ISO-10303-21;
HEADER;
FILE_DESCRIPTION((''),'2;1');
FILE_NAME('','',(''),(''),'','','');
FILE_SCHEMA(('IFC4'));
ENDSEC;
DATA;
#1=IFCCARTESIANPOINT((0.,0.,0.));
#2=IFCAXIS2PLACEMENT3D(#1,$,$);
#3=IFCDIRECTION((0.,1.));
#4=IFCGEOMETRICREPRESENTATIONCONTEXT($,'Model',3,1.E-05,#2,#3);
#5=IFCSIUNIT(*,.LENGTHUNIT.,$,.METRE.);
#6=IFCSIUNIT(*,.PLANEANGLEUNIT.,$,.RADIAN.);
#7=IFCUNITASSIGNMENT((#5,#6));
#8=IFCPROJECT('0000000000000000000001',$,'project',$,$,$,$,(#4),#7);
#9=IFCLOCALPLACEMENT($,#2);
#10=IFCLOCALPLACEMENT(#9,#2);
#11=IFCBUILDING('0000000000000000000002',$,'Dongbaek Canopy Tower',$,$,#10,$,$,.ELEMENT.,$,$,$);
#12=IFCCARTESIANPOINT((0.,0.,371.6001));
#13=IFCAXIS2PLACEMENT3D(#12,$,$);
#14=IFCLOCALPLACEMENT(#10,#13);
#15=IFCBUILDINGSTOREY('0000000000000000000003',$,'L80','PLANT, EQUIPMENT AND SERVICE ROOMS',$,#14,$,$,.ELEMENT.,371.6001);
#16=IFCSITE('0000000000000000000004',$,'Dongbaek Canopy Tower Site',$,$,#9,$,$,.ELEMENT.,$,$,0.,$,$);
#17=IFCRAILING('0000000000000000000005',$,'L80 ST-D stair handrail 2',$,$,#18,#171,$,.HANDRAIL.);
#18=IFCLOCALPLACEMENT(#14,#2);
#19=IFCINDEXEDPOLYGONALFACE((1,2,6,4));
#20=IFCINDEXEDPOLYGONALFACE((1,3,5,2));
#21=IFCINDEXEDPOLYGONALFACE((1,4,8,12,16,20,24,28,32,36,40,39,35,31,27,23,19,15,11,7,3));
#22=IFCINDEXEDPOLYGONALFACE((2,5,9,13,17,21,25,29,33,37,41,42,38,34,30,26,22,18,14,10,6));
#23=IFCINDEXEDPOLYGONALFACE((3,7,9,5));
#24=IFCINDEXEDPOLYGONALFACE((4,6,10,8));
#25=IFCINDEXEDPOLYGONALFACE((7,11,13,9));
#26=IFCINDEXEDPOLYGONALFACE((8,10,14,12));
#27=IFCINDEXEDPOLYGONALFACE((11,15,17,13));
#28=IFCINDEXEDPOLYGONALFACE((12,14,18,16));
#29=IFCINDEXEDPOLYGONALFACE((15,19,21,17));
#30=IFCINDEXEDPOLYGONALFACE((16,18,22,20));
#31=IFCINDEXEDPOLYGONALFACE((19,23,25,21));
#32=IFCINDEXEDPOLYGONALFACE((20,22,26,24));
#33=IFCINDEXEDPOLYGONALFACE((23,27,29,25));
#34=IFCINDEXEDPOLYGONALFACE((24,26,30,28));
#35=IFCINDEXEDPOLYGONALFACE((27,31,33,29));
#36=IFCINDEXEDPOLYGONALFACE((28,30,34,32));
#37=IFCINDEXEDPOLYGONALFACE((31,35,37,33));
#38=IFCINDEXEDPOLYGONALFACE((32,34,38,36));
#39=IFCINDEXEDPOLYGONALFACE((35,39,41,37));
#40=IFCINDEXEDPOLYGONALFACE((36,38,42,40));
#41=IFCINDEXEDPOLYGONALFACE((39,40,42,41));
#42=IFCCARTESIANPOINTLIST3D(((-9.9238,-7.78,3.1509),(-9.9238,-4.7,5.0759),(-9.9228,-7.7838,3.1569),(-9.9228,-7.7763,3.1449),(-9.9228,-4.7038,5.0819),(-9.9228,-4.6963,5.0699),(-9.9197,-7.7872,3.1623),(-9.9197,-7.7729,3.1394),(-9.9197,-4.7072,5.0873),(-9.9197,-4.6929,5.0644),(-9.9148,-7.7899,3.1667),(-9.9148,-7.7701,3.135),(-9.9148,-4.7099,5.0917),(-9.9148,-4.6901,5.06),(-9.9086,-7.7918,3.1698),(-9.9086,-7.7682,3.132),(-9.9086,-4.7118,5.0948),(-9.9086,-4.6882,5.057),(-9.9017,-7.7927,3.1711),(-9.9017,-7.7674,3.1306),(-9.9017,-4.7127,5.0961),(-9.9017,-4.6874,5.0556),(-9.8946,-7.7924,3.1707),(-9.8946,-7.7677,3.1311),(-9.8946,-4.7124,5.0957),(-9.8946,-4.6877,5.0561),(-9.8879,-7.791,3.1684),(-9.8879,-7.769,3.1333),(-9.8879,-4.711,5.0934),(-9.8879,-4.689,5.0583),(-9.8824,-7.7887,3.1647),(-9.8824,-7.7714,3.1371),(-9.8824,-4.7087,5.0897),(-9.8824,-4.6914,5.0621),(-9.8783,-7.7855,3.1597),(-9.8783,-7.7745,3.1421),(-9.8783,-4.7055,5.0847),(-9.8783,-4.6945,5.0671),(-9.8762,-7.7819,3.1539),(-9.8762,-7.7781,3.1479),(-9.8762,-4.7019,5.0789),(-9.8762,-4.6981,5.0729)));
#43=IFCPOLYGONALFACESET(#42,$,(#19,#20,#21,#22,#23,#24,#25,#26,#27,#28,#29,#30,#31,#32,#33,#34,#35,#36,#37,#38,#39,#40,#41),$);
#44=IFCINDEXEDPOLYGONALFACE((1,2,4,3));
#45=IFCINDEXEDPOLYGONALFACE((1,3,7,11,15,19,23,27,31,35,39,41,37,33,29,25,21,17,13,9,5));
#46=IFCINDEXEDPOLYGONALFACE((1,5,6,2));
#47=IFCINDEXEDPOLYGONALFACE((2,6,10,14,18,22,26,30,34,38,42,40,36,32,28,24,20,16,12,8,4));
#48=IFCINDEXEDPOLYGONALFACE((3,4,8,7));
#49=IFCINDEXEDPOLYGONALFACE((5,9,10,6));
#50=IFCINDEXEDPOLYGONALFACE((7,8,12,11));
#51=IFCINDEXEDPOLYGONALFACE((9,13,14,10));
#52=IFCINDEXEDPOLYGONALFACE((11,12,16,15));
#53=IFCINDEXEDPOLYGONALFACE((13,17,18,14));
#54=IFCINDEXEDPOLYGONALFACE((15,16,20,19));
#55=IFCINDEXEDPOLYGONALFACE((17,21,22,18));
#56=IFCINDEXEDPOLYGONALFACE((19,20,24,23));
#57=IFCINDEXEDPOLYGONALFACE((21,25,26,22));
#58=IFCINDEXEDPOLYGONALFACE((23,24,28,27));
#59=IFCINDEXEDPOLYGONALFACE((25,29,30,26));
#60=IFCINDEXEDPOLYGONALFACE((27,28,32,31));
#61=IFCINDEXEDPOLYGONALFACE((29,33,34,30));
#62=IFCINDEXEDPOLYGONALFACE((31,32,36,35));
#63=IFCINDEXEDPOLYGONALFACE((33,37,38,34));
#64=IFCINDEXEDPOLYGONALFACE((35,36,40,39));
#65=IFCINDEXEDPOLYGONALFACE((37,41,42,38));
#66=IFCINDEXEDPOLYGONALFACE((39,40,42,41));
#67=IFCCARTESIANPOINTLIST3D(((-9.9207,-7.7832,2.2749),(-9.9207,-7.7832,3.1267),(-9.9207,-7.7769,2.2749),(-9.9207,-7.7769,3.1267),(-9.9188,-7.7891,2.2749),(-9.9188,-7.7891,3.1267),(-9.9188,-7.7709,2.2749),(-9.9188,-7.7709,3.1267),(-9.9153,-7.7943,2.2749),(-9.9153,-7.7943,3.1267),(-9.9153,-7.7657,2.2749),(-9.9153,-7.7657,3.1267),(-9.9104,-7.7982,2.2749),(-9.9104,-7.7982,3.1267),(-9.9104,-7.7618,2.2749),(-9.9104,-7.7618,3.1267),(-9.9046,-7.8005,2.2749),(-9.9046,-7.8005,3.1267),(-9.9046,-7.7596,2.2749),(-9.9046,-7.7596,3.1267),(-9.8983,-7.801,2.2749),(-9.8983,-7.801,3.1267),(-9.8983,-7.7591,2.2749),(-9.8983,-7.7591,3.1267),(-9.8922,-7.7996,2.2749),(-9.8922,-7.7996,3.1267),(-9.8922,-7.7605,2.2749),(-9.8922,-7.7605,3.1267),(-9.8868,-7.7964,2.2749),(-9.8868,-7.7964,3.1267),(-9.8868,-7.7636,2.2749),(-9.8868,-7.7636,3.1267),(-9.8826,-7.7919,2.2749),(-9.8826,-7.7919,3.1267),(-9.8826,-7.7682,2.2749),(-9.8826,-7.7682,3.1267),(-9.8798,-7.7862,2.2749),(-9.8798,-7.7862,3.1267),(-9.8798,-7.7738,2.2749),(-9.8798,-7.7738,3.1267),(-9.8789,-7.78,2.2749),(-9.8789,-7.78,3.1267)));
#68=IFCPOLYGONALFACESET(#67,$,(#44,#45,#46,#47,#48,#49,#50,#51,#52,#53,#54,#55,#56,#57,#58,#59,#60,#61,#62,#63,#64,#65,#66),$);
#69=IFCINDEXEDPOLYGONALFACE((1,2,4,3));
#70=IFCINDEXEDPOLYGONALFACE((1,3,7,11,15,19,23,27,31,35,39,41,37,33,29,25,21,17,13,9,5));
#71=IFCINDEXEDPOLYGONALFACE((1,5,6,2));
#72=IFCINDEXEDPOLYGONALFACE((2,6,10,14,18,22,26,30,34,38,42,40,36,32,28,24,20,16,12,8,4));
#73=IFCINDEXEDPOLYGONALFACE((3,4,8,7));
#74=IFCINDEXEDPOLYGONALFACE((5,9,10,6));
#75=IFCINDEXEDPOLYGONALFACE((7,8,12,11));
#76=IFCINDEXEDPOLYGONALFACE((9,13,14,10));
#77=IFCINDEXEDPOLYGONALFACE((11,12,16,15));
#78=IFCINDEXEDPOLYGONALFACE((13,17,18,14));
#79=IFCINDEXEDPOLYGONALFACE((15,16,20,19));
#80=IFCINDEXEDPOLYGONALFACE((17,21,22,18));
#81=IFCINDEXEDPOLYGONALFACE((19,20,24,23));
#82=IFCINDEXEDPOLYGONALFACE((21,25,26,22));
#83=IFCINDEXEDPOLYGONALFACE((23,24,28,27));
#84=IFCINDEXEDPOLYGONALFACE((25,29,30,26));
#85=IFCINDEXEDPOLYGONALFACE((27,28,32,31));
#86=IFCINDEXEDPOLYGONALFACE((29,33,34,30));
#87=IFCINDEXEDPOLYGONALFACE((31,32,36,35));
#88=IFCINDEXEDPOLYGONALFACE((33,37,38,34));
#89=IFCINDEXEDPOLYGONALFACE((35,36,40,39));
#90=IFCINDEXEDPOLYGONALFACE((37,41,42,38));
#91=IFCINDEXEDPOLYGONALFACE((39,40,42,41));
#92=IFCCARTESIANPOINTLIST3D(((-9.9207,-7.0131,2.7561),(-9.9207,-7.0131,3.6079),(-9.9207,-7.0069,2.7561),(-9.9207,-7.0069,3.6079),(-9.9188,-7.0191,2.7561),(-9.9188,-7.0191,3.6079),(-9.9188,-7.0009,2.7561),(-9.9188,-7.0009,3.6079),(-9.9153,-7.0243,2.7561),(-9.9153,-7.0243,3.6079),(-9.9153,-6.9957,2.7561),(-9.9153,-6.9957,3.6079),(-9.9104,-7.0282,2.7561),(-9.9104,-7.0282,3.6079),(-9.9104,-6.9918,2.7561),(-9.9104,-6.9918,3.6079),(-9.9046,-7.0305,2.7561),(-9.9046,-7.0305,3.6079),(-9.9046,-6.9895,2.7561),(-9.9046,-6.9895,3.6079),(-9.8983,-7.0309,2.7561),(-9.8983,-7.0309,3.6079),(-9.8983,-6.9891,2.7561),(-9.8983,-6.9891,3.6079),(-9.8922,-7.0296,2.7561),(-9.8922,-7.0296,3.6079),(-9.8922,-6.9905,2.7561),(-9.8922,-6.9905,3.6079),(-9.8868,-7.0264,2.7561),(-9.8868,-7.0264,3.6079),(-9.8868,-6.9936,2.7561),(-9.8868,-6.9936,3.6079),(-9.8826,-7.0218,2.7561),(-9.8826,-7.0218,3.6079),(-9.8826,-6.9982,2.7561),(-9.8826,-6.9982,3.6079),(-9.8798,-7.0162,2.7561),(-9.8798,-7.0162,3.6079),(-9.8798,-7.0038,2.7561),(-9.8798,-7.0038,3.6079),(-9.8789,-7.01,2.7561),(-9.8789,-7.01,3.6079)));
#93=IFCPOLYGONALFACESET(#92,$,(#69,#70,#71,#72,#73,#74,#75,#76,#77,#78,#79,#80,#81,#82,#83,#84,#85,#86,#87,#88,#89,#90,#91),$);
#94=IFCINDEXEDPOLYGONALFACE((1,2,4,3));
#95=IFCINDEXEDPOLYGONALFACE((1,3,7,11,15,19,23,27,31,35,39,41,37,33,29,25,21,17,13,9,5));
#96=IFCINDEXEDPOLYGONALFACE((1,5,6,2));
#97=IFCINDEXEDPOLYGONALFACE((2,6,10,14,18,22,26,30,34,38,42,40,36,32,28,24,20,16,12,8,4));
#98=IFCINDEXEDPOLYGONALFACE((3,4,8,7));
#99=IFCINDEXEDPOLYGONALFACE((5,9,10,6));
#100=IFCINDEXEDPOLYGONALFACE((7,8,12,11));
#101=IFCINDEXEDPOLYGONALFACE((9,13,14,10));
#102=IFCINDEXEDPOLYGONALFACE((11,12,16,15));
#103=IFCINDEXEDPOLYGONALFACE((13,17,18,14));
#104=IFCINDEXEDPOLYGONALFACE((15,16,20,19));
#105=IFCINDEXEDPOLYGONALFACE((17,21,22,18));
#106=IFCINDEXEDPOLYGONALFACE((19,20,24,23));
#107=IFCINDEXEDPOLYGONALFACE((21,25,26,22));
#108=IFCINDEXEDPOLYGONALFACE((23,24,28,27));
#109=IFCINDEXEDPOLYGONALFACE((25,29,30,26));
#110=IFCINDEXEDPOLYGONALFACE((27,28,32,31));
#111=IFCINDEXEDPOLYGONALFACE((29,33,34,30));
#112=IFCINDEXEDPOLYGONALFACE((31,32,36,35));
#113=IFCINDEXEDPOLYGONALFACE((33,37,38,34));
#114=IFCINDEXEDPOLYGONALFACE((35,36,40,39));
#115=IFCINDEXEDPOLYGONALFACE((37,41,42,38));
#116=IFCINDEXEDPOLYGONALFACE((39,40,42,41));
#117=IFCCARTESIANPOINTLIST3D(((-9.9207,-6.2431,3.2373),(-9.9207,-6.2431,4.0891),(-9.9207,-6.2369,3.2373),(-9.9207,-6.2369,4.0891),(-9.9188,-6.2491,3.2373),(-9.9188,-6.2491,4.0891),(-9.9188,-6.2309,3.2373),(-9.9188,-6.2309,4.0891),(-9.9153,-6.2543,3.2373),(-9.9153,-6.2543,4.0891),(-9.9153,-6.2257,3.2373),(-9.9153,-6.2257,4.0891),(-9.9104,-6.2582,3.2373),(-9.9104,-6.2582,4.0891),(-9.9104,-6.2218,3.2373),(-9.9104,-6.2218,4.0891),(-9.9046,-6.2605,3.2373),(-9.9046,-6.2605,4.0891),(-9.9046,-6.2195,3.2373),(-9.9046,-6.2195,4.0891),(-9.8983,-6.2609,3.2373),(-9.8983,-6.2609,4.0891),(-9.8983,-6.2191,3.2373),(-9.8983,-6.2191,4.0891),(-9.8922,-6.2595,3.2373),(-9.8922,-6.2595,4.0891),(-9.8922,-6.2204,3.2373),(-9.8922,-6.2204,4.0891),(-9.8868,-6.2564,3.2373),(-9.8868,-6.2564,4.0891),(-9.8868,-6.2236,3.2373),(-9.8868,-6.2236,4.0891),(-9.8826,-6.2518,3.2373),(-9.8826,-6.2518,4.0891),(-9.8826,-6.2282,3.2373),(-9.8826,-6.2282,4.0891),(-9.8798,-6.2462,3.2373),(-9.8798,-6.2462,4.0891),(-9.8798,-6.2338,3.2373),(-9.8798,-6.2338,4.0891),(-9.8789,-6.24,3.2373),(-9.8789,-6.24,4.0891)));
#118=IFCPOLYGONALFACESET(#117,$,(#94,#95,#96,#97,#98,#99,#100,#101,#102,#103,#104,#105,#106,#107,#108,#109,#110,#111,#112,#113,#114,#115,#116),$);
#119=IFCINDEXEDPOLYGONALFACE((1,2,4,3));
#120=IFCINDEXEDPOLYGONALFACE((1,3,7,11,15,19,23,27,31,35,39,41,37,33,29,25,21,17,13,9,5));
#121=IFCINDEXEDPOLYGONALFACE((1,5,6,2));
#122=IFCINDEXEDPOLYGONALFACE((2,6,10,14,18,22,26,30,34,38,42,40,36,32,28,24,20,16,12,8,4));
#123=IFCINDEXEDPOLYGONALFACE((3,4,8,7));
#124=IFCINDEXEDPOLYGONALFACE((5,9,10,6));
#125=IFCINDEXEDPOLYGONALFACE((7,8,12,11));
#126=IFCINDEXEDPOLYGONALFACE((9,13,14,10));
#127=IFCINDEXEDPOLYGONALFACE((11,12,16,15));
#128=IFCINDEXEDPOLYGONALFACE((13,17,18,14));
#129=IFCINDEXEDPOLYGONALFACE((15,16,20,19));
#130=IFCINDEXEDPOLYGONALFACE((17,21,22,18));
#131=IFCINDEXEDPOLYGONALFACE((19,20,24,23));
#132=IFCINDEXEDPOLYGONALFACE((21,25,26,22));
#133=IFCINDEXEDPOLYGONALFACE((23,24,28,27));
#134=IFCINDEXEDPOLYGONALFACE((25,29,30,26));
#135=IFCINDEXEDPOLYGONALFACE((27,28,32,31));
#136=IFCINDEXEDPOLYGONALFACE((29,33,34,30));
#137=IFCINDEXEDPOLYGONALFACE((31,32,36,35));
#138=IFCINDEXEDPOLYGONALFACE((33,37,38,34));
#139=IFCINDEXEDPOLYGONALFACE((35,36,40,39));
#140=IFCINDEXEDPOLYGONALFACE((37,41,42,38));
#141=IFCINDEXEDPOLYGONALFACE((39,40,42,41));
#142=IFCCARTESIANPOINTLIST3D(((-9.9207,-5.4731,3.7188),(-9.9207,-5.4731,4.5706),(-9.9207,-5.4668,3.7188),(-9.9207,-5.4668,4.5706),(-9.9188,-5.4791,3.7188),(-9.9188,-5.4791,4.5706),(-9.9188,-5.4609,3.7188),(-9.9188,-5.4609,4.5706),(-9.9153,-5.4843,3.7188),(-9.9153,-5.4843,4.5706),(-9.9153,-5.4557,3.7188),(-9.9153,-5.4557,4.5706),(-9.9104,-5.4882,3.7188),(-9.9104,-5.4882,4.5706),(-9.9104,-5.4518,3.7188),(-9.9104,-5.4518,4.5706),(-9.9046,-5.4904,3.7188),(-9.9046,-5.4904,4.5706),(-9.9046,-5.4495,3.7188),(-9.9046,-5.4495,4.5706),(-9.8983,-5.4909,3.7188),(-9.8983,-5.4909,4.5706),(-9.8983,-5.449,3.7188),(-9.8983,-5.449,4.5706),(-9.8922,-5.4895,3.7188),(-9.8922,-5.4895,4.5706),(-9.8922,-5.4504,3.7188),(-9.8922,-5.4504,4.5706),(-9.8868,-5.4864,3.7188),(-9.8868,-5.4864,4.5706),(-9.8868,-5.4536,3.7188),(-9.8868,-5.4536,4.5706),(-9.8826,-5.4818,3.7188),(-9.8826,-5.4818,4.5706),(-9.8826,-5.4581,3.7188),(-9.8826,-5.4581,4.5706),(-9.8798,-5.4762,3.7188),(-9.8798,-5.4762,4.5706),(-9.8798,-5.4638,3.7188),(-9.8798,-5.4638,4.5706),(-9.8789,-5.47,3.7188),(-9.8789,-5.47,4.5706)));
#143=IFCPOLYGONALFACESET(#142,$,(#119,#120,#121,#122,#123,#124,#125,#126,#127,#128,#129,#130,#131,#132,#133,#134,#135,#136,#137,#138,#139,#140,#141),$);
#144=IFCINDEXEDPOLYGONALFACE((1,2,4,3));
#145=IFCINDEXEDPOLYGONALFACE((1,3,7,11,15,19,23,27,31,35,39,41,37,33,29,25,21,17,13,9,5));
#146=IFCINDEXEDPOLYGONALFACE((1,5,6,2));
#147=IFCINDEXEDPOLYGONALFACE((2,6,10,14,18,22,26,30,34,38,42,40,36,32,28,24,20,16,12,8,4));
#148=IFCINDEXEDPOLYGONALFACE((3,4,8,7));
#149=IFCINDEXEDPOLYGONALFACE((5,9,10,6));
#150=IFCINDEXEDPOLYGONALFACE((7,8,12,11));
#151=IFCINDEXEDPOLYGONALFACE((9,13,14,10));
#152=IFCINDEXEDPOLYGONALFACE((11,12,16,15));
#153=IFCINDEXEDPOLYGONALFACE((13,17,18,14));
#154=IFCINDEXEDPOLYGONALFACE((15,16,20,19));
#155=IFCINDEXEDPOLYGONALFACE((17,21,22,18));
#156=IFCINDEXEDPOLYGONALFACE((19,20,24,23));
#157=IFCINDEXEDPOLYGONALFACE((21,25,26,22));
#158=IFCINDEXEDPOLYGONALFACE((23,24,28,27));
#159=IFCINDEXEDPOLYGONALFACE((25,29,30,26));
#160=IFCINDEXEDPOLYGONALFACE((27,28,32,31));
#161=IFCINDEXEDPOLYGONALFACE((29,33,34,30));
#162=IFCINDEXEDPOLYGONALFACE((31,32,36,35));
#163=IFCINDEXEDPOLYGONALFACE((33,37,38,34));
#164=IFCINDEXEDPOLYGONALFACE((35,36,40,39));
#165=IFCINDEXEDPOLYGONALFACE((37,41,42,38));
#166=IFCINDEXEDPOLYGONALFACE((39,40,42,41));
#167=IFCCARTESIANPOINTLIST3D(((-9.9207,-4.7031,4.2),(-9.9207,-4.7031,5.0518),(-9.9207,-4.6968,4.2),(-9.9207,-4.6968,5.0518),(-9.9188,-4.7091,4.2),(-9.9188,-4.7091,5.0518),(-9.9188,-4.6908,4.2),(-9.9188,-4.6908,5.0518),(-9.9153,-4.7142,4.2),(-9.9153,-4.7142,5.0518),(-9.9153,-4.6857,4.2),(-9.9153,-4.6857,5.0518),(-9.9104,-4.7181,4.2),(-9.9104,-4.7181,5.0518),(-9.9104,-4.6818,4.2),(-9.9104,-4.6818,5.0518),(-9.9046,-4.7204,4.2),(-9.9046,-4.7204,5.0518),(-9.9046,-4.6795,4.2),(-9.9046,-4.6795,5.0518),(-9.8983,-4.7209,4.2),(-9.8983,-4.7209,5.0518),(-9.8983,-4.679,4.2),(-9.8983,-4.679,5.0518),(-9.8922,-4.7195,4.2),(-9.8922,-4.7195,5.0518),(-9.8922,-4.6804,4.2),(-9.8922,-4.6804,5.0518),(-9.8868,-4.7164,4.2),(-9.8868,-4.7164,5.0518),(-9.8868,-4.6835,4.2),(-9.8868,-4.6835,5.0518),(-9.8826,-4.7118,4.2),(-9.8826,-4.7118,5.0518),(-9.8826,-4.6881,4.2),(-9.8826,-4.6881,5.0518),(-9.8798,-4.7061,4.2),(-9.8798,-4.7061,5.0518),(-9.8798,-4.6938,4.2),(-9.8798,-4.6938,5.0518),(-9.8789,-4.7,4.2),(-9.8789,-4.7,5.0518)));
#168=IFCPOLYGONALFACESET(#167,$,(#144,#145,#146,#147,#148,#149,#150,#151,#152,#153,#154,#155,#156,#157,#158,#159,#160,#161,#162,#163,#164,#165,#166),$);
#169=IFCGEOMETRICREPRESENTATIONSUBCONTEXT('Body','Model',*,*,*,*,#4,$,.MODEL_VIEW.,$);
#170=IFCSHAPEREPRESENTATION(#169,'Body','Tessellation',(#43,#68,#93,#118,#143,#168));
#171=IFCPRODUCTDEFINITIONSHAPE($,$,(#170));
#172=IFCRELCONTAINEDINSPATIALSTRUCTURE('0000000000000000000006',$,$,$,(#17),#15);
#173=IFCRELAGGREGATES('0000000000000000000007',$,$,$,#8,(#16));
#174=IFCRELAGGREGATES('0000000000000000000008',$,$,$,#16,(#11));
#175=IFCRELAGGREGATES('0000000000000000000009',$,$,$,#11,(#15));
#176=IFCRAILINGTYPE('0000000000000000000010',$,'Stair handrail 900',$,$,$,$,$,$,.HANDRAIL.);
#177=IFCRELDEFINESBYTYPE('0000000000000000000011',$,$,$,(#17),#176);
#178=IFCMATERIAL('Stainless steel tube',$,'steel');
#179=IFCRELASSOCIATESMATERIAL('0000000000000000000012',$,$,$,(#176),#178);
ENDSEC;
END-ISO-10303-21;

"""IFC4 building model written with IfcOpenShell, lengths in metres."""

from ifc_helpers import new_model, si_unit, direction, frame, origin, origin_2d, place, context, subcontext, project, spatial, circle, extrude, material, type_object, element, save


model = new_model("IFC4")

# Units and contexts
model_context = context("Model", 3, precision=1e-05, world=origin(), true_north=direction((0.0, 1.0)))
body_context = subcontext(model_context, "Body", "Model", "MODEL_VIEW")
ifc_project = project(units=[si_unit("LENGTHUNIT", "METRE"), si_unit("PLANEANGLEUNIT", "RADIAN")], contexts=[model_context])

# Site, building, storey
site_placement = place(None, origin())
site = spatial("IfcSite", under=ifc_project, at=site_placement, Name="Dongbaek Canopy Tower Site", CompositionType="ELEMENT", RefElevation=0.0)
building_placement = place(site_placement, origin())
building = spatial("IfcBuilding", under=site, at=building_placement, Name="Dongbaek Canopy Tower", CompositionType="ELEMENT")
storey_placement = place(building_placement, frame((0.0, 0.0, 371.6001)))
storey = spatial("IfcBuildingStorey", under=building, at=storey_placement, Name="L80", Description="PLANT, EQUIPMENT AND SERVICE ROOMS", CompositionType="ELEMENT", Elevation=371.6001)

# Railing
ifc_material_1 = material(Name="Stainless steel tube", Category="steel")
railing_type_1 = type_object("IfcRailingType", Name="Stair handrail 900", PredefinedType="HANDRAIL", material=ifc_material_1)
railing_1_placement = place(storey_placement, frame((-9.8999, -7.78, 2.2749)))
element("IfcRailing", 1, at=railing_1_placement, inside=storey, type_object=railing_type_1, Name="L80 ST-D stair handrail 2", PredefinedType="HANDRAIL", context=body_context, shape_type="SweptSolid", body=[
    extrude(circle(Radius=0.0239, at=origin_2d()), frame((0.0, 0.0, 0.876), z_axis=(0.0, 0.847998, 0.529999), x_axis=(-1.0, 0.0, 0.0)), (0.0, 0.0, 1.0), 3.6321),
    extrude(circle(Radius=0.021, at=origin_2d()), origin(), (0.0, 0.0, 1.0), 0.8518),
    extrude(circle(Radius=0.021, at=origin_2d()), frame((0.0, 0.77, 0.4812)), (0.0, 0.0, 1.0), 0.8518),
    extrude(circle(Radius=0.021, at=origin_2d()), frame((0.0, 1.54, 0.9624)), (0.0, 0.0, 1.0), 0.8518),
    extrude(circle(Radius=0.021, at=origin_2d()), frame((0.0, 2.3101, 1.4438)), (0.0, 0.0, 1.0), 0.8518),
    extrude(circle(Radius=0.021, at=origin_2d()), frame((0.0, 3.0801, 1.925)), (0.0, 0.0, 1.0), 0.8518),
])

save(model, "model.ifc")
